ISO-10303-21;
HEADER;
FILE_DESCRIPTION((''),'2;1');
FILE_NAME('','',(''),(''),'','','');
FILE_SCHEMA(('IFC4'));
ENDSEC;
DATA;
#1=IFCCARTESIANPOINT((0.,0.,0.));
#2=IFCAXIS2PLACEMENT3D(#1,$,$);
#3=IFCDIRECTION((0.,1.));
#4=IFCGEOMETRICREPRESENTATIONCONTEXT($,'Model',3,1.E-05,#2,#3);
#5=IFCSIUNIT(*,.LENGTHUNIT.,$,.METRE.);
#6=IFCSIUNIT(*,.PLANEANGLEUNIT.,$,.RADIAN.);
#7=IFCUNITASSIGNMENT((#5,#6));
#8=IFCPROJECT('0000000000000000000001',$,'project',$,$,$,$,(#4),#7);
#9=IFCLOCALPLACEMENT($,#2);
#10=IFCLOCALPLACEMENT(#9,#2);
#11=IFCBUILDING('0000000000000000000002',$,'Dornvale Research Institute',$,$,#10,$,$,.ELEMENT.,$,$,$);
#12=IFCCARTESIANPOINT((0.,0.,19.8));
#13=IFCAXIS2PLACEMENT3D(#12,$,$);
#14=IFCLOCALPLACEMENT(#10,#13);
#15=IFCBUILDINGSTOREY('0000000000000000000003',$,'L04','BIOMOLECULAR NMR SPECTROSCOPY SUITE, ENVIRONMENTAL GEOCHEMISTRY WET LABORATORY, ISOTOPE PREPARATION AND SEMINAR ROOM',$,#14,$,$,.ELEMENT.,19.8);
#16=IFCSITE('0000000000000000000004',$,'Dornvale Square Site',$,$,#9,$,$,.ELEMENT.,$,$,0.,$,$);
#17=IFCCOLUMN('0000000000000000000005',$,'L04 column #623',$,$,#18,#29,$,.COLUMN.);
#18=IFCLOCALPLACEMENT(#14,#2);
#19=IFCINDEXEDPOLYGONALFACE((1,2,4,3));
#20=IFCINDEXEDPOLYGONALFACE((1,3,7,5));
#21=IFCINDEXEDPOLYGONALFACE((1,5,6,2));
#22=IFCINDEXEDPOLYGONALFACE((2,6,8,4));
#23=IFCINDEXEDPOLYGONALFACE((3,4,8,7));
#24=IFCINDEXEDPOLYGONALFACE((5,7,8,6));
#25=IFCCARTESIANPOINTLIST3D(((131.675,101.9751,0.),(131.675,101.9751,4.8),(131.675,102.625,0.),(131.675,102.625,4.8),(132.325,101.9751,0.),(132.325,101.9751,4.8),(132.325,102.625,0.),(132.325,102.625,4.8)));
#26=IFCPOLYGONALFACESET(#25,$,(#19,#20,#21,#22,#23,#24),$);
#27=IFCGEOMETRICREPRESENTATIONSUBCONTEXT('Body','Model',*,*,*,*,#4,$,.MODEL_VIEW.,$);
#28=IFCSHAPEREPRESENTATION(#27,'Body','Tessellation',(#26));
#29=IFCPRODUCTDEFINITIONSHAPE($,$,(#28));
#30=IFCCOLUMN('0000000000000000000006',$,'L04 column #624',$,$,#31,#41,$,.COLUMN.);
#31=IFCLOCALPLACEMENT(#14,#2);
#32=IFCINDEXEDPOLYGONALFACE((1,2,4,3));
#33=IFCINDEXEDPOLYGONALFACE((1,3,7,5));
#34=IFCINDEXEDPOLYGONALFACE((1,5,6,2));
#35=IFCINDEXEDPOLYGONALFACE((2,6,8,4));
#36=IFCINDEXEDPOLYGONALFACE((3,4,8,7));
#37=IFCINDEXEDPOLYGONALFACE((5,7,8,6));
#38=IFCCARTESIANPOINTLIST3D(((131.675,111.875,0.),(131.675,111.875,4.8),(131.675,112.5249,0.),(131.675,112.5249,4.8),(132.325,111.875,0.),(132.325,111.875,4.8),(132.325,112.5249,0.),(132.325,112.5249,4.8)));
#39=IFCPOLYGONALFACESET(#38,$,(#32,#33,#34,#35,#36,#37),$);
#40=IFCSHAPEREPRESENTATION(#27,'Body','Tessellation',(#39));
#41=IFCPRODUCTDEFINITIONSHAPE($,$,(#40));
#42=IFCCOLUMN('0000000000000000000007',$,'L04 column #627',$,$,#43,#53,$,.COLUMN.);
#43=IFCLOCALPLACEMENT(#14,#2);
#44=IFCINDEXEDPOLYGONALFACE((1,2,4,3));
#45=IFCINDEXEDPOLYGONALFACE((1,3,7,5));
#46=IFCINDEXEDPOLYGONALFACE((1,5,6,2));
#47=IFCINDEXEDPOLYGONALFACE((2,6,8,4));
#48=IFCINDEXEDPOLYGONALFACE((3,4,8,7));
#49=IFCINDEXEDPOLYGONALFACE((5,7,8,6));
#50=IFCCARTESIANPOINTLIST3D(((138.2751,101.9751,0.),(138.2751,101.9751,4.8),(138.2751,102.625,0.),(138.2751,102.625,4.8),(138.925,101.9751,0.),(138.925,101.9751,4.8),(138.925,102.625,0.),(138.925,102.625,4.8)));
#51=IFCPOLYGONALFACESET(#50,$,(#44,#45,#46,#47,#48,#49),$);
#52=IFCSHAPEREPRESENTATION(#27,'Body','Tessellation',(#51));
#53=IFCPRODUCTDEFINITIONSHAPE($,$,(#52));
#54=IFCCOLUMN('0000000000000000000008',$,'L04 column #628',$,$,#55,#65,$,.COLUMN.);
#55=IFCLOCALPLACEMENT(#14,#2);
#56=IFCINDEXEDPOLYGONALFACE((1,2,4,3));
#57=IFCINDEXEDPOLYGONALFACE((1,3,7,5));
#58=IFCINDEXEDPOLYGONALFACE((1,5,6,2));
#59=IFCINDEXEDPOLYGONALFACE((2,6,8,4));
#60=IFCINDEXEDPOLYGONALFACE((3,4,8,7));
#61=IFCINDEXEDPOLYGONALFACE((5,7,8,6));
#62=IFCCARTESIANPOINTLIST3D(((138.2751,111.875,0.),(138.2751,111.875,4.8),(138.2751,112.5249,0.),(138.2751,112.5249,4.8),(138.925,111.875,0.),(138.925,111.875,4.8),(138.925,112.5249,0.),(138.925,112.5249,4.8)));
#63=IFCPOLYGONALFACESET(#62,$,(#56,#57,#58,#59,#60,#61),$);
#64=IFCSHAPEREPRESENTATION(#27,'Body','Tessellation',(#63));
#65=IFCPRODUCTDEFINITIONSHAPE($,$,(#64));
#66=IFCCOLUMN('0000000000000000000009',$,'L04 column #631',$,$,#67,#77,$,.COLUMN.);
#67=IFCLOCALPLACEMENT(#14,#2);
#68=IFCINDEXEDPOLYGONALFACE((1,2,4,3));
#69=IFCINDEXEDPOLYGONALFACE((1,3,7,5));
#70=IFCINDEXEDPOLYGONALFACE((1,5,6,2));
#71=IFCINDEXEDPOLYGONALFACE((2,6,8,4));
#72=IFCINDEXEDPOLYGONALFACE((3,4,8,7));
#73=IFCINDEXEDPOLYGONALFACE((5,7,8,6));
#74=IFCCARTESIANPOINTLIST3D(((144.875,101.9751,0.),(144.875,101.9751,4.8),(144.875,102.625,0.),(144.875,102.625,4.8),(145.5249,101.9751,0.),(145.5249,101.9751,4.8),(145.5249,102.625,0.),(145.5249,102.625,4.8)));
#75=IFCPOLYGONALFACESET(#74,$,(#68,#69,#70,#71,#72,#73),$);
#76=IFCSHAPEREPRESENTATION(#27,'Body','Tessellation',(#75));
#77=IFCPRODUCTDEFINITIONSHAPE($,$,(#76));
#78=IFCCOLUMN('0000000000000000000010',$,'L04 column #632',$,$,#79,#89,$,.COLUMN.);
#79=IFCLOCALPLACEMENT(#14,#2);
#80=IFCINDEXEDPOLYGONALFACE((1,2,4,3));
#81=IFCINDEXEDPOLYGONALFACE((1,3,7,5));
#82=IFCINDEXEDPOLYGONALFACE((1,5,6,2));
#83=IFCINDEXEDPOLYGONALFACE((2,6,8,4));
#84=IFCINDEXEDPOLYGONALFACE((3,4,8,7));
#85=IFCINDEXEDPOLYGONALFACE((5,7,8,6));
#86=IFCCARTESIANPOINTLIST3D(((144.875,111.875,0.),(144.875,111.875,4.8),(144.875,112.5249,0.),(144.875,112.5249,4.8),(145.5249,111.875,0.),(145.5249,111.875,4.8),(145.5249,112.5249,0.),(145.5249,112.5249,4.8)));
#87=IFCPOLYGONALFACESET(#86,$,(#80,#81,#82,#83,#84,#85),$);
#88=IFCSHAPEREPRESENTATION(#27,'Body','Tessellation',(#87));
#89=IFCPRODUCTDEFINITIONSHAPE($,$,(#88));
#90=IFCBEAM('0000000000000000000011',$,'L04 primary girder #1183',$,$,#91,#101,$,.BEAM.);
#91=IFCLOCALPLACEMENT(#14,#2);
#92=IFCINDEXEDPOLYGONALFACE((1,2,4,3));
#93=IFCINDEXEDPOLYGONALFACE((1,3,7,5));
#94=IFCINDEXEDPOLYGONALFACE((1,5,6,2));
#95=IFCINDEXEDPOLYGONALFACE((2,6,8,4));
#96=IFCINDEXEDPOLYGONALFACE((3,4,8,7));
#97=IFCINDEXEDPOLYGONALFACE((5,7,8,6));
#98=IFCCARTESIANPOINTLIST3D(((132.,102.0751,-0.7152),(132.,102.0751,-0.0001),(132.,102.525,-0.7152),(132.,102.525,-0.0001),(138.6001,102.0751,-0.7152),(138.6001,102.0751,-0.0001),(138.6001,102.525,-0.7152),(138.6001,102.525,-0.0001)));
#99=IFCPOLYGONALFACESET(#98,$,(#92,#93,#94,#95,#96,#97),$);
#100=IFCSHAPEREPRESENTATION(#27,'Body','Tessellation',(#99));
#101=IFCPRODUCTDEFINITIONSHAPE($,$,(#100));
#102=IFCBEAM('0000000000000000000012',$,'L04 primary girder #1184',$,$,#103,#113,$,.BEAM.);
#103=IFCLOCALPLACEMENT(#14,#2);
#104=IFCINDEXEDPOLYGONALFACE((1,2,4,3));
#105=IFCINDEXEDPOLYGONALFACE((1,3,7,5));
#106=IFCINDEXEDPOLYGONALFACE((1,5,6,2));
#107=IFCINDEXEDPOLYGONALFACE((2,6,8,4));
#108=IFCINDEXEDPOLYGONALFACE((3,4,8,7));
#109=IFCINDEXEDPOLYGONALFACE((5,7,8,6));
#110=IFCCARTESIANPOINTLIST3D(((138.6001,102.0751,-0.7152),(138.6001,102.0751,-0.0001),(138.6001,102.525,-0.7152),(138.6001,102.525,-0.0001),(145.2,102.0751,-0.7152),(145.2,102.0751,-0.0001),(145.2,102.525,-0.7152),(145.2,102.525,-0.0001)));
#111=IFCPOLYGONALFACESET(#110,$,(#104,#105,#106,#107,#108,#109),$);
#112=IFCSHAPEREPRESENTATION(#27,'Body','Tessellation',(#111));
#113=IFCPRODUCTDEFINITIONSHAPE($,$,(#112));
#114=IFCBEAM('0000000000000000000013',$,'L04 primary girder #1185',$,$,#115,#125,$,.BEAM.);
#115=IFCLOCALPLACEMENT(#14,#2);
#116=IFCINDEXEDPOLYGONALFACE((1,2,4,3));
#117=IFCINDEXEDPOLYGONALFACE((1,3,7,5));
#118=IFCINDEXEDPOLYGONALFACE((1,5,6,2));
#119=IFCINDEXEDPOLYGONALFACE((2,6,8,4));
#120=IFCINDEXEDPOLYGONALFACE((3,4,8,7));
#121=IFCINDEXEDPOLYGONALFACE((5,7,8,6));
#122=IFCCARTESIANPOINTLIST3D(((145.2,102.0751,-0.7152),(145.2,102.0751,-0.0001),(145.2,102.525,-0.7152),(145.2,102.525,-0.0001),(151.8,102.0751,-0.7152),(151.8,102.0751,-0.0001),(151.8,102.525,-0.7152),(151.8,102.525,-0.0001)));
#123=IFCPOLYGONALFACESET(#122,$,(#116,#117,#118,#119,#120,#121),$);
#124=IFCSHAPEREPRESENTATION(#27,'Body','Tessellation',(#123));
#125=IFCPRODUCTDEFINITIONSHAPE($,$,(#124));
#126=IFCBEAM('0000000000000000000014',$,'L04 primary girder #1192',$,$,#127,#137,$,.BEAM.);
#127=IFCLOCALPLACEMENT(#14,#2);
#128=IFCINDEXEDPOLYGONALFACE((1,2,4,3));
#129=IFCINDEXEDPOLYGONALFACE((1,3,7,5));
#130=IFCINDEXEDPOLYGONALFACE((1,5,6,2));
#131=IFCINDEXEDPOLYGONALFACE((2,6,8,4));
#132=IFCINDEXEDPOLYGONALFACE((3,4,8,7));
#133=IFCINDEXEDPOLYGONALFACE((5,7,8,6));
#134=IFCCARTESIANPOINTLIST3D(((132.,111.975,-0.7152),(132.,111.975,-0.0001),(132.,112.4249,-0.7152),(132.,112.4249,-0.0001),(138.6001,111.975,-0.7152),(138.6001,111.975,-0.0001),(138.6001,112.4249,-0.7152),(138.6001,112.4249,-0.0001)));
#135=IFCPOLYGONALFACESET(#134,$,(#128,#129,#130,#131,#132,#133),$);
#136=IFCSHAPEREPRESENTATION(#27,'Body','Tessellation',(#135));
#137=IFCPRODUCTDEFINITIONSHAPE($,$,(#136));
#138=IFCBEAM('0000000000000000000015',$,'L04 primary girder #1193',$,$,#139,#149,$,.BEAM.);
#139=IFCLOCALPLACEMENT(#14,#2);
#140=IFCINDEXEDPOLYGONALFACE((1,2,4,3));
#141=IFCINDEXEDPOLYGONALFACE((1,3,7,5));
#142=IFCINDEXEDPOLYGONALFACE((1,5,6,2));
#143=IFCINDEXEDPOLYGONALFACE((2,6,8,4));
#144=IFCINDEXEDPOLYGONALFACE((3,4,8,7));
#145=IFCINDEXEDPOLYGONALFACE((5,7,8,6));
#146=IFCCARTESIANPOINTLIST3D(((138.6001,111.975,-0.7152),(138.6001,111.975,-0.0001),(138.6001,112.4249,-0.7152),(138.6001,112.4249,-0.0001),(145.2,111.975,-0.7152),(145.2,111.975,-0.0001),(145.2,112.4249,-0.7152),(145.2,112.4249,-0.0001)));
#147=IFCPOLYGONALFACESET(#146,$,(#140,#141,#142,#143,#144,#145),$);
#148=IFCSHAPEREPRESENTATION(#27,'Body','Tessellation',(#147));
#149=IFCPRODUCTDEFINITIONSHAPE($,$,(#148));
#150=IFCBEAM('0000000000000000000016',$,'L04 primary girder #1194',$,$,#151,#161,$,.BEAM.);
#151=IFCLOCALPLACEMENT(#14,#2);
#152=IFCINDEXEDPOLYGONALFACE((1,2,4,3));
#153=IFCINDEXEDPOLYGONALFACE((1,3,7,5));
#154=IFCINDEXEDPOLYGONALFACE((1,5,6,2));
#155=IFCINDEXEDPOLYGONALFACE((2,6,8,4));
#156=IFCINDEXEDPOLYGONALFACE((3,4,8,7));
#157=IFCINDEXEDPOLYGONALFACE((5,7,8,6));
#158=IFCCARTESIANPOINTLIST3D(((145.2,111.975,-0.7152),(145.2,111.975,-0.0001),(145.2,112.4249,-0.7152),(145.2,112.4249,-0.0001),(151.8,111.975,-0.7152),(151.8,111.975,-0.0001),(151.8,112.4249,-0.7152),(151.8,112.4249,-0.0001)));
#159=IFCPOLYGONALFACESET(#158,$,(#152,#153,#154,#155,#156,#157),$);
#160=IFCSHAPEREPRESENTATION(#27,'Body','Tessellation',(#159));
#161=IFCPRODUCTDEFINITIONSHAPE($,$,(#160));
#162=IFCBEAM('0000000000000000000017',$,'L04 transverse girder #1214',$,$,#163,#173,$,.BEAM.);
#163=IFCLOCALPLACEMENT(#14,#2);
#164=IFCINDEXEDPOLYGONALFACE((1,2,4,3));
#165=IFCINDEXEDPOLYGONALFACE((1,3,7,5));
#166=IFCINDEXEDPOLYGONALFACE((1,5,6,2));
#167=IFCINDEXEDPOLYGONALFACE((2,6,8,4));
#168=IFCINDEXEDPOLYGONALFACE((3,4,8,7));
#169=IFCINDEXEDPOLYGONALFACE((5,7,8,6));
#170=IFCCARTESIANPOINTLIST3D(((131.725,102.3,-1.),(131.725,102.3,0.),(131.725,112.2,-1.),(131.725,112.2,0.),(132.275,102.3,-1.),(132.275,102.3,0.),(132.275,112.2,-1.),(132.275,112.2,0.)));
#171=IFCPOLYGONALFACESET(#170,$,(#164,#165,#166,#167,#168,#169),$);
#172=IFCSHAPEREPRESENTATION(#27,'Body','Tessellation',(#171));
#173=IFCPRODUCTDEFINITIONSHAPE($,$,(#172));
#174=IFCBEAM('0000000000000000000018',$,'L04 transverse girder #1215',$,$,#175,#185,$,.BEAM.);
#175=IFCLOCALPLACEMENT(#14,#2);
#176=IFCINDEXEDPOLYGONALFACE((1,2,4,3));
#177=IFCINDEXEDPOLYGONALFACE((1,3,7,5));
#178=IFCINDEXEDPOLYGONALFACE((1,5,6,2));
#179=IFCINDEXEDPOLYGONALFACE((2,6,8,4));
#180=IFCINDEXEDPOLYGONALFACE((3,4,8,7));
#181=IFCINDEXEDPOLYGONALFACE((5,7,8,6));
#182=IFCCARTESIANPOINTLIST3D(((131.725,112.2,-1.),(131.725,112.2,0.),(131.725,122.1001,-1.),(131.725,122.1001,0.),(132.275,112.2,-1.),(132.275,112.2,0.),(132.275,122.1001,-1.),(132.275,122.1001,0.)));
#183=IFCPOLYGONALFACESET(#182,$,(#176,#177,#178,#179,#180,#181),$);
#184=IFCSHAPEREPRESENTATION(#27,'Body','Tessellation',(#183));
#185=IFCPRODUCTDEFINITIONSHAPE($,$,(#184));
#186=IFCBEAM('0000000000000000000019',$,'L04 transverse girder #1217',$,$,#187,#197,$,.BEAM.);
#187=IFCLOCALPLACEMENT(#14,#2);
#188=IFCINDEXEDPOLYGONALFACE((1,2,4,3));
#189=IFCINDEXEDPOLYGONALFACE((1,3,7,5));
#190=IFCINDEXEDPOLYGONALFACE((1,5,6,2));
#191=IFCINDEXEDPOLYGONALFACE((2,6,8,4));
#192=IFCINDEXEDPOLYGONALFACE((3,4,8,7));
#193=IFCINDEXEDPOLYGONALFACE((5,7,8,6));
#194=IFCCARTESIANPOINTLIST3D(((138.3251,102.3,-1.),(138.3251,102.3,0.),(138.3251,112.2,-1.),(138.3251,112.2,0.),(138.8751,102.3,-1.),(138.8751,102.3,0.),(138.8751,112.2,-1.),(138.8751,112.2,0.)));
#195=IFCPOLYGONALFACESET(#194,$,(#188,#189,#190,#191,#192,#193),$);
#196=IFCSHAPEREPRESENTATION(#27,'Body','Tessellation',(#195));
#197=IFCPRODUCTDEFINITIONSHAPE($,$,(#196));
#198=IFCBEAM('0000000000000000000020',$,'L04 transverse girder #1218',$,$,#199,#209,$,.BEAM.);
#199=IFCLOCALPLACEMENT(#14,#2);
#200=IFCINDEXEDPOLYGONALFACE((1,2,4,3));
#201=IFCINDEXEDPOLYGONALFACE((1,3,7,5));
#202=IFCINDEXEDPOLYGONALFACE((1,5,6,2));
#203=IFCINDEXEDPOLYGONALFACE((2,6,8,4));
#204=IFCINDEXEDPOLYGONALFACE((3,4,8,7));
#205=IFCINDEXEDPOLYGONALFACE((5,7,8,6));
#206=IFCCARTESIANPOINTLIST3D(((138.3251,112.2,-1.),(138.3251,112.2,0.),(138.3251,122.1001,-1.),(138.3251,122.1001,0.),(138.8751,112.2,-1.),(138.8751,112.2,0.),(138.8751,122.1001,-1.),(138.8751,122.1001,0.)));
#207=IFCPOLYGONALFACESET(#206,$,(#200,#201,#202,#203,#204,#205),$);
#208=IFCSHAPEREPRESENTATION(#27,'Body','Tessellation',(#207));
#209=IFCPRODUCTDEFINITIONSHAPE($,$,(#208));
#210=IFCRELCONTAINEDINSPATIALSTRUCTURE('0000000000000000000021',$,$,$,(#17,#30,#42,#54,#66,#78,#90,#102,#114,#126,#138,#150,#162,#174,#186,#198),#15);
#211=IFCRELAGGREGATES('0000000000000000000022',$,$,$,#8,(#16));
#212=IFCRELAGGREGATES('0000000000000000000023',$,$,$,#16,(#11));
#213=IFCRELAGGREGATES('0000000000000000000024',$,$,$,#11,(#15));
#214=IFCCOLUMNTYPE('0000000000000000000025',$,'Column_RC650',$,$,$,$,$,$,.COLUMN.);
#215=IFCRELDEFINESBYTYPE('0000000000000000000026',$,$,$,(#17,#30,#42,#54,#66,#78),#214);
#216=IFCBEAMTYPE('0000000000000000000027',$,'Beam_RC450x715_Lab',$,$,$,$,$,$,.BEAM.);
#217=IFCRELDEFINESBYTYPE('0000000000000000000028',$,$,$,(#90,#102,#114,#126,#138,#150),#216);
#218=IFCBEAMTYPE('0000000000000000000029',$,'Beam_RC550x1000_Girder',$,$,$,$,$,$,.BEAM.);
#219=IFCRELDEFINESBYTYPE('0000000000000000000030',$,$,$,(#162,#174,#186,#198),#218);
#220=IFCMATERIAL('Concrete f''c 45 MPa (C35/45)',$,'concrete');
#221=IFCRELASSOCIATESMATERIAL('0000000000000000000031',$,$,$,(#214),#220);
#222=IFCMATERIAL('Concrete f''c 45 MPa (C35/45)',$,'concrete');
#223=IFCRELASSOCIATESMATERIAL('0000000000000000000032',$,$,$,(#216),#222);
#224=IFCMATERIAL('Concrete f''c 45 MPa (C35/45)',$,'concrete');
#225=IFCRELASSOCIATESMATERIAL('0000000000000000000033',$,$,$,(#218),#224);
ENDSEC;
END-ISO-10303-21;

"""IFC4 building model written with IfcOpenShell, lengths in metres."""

from ifc_helpers import new_model, si_unit, direction, frame, origin, origin_2d, place, context, subcontext, project, spatial, rectangle, extrude, material, material_profile, profile_set, type_object, element, save


model = new_model("IFC4")

# Units and contexts
model_context = context("Model", 3, precision=1e-05, world=origin(), true_north=direction((0.0, 1.0)))
body_context = subcontext(model_context, "Body", "Model", "MODEL_VIEW")
ifc_project = project(units=[si_unit("LENGTHUNIT", "METRE"), si_unit("PLANEANGLEUNIT", "RADIAN")], contexts=[model_context])

# Site, building, storey
site_placement = place(None, origin())
site = spatial("IfcSite", under=ifc_project, at=site_placement, Name="Dornvale Square Site", CompositionType="ELEMENT", RefElevation=0.0)
building_placement = place(site_placement, origin())
building = spatial("IfcBuilding", under=site, at=building_placement, Name="Dornvale Research Institute", CompositionType="ELEMENT")
storey_placement = place(building_placement, frame((0.0, 0.0, 19.8)))
storey = spatial("IfcBuildingStorey", under=building, at=storey_placement, Name="L04", Description="BIOMOLECULAR NMR SPECTROSCOPY SUITE, ENVIRONMENTAL GEOCHEMISTRY WET LABORATORY, ISOTOPE PREPARATION AND SEMINAR ROOM", CompositionType="ELEMENT", Elevation=19.8)

# Columns
ifc_material_1 = material(Name="Concrete f'c 45 MPa (C35/45)", Category="concrete")
ifc_material_profile_1 = material_profile(ifc_material_1, rectangle(XDim=0.6499, YDim=0.6499, at=origin_2d()), Name="RC 650x650")
ifc_profile_set_1 = profile_set([ifc_material_profile_1], Name="Concrete f'c 45 MPa (C35/45)")
column_type = type_object("IfcColumnType", Name="Column_RC650", PredefinedType="COLUMN", material=ifc_profile_set_1)
for number, where, z_axis, x_axis, name in (
    (1, (132.0, 102.3, 0.0), (0.0, 0.0, 1.0), (1.0, 0.0, 0.0), "L04 column #623"),
    (2, (132.0, 112.2, 0.0), (0.0, 0.0, 1.0), (1.0, 0.0, 0.0), "L04 column #624"),
    (3, (138.6001, 102.3, 0.0), (0.0, 0.0, 1.0), (1.0, 0.0, 0.0), "L04 column #627"),
    (4, (138.6001, 112.2, 0.0), (0.0, 0.0, 1.0), (1.0, 0.0, 0.0), "L04 column #628"),
    (5, (145.2, 102.3, 0.0), (0.0, 0.0, 1.0), (1.0, 0.0, 0.0), "L04 column #631"),
    (6, (145.2, 112.2, 0.0), (0.0, 0.0, 1.0), (1.0, 0.0, 0.0), "L04 column #632"),
):
    element("IfcColumn", number, at=place(storey_placement, frame(where, z_axis=z_axis, x_axis=x_axis)), inside=storey, type_object=column_type, Name=name, PredefinedType="COLUMN", context=body_context, shape_type="SweptSolid", body=[
        extrude(rectangle(XDim=0.6499, YDim=0.6499, at=origin_2d()), origin(), (0.0, 0.0, 1.0), 4.8),
    ])

# Beams
ifc_material_2 = material(Name="Concrete f'c 45 MPa (C35/45)", Category="concrete")
ifc_material_profile_2 = material_profile(ifc_material_2, rectangle(XDim=0.45, YDim=0.7151, at=origin_2d()), Name="RC 450x715")
ifc_profile_set_2 = profile_set([ifc_material_profile_2], Name="Concrete f'c 45 MPa (C35/45)")
beam_type_1 = type_object("IfcBeamType", Name="Beam_RC450x715_Lab", PredefinedType="BEAM", material=ifc_profile_set_2)
beam_1_placement = place(storey_placement, frame((132.0, 102.3, -0.3577), z_axis=(1.0, 0.0, 0.0), x_axis=(0.0, 1.0, 0.0)))
element("IfcBeam", 7, at=beam_1_placement, inside=storey, type_object=beam_type_1, Name="L04 primary girder #1183", PredefinedType="BEAM", context=body_context, shape_type="SweptSolid", body=[
    extrude(rectangle(XDim=0.45, YDim=0.7151, at=origin_2d()), origin(), (0.0, 0.0, 1.0), 6.6001),
])
beam_2_placement = place(storey_placement, frame((138.6001, 102.3, -0.3577), z_axis=(1.0, 0.0, 0.0), x_axis=(0.0, 1.0, 0.0)))
element("IfcBeam", 8, at=beam_2_placement, inside=storey, type_object=beam_type_1, Name="L04 primary girder #1184", PredefinedType="BEAM", context=body_context, shape_type="SweptSolid", body=[
    extrude(rectangle(XDim=0.45, YDim=0.7151, at=origin_2d()), origin(), (0.0, 0.0, 1.0), 6.5999),
])
for number, where, z_axis, x_axis, name in (
    (9, (145.2, 102.3, -0.3577), (1.0, 0.0, 0.0), (0.0, 1.0, 0.0), "L04 primary girder #1185"),
    (10, (132.0, 112.2, -0.3577), (1.0, 0.0, 0.0), (0.0, 1.0, 0.0), "L04 primary girder #1192"),
):
    element("IfcBeam", number, at=place(storey_placement, frame(where, z_axis=z_axis, x_axis=x_axis)), inside=storey, type_object=beam_type_1, Name=name, PredefinedType="BEAM", context=body_context, shape_type="SweptSolid", body=[
        extrude(rectangle(XDim=0.45, YDim=0.7151, at=origin_2d()), origin(), (0.0, 0.0, 1.0), 6.6001),
    ])
beam_3_placement = place(storey_placement, frame((138.6001, 112.2, -0.3577), z_axis=(1.0, 0.0, 0.0), x_axis=(0.0, 1.0, 0.0)))
element("IfcBeam", 11, at=beam_3_placement, inside=storey, type_object=beam_type_1, Name="L04 primary girder #1193", PredefinedType="BEAM", context=body_context, shape_type="SweptSolid", body=[
    extrude(rectangle(XDim=0.45, YDim=0.7151, at=origin_2d()), origin(), (0.0, 0.0, 1.0), 6.5999),
])
beam_4_placement = place(storey_placement, frame((145.2, 112.2, -0.3577), z_axis=(1.0, 0.0, 0.0), x_axis=(0.0, 1.0, 0.0)))
element("IfcBeam", 12, at=beam_4_placement, inside=storey, type_object=beam_type_1, Name="L04 primary girder #1194", PredefinedType="BEAM", context=body_context, shape_type="SweptSolid", body=[
    extrude(rectangle(XDim=0.45, YDim=0.7151, at=origin_2d()), origin(), (0.0, 0.0, 1.0), 6.6001),
])
ifc_material_3 = material(Name="Concrete f'c 45 MPa (C35/45)", Category="concrete")
ifc_material_profile_3 = material_profile(ifc_material_3, rectangle(XDim=0.55, YDim=1.0, at=origin_2d()), Name="RC 550x1000")
ifc_profile_set_3 = profile_set([ifc_material_profile_3], Name="Concrete f'c 45 MPa (C35/45)")
beam_type_2 = type_object("IfcBeamType", Name="Beam_RC550x1000_Girder", PredefinedType="BEAM", material=ifc_profile_set_3)
beam_5_placement = place(storey_placement, frame((132.0, 102.3, -0.5), z_axis=(0.0, 1.0, 0.0), x_axis=(-1.0, 0.0, 0.0)))
element("IfcBeam", 13, at=beam_5_placement, inside=storey, type_object=beam_type_2, Name="L04 transverse girder #1214", PredefinedType="BEAM", context=body_context, shape_type="SweptSolid", body=[
    extrude(rectangle(XDim=0.55, YDim=1.0, at=origin_2d()), origin(), (0.0, 0.0, 1.0), 9.8999),
])
beam_6_placement = place(storey_placement, frame((132.0, 112.2, -0.5), z_axis=(0.0, 1.0, 0.0), x_axis=(-1.0, 0.0, 0.0)))
element("IfcBeam", 14, at=beam_6_placement, inside=storey, type_object=beam_type_2, Name="L04 transverse girder #1215", PredefinedType="BEAM", context=body_context, shape_type="SweptSolid", body=[
    extrude(rectangle(XDim=0.55, YDim=1.0, at=origin_2d()), origin(), (0.0, 0.0, 1.0), 9.9001),
])
beam_7_placement = place(storey_placement, frame((138.6001, 102.3, -0.5), z_axis=(0.0, 1.0, 0.0), x_axis=(-1.0, 0.0, 0.0)))
element("IfcBeam", 15, at=beam_7_placement, inside=storey, type_object=beam_type_2, Name="L04 transverse girder #1217", PredefinedType="BEAM", context=body_context, shape_type="SweptSolid", body=[
    extrude(rectangle(XDim=0.55, YDim=1.0, at=origin_2d()), origin(), (0.0, 0.0, 1.0), 9.8999),
])
beam_8_placement = place(storey_placement, frame((138.6001, 112.2, -0.5), z_axis=(0.0, 1.0, 0.0), x_axis=(-1.0, 0.0, 0.0)))
element("IfcBeam", 16, at=beam_8_placement, inside=storey, type_object=beam_type_2, Name="L04 transverse girder #1218", PredefinedType="BEAM", context=body_context, shape_type="SweptSolid", body=[
    extrude(rectangle(XDim=0.55, YDim=1.0, at=origin_2d()), origin(), (0.0, 0.0, 1.0), 9.9001),
])

save(model, "model.ifc")
